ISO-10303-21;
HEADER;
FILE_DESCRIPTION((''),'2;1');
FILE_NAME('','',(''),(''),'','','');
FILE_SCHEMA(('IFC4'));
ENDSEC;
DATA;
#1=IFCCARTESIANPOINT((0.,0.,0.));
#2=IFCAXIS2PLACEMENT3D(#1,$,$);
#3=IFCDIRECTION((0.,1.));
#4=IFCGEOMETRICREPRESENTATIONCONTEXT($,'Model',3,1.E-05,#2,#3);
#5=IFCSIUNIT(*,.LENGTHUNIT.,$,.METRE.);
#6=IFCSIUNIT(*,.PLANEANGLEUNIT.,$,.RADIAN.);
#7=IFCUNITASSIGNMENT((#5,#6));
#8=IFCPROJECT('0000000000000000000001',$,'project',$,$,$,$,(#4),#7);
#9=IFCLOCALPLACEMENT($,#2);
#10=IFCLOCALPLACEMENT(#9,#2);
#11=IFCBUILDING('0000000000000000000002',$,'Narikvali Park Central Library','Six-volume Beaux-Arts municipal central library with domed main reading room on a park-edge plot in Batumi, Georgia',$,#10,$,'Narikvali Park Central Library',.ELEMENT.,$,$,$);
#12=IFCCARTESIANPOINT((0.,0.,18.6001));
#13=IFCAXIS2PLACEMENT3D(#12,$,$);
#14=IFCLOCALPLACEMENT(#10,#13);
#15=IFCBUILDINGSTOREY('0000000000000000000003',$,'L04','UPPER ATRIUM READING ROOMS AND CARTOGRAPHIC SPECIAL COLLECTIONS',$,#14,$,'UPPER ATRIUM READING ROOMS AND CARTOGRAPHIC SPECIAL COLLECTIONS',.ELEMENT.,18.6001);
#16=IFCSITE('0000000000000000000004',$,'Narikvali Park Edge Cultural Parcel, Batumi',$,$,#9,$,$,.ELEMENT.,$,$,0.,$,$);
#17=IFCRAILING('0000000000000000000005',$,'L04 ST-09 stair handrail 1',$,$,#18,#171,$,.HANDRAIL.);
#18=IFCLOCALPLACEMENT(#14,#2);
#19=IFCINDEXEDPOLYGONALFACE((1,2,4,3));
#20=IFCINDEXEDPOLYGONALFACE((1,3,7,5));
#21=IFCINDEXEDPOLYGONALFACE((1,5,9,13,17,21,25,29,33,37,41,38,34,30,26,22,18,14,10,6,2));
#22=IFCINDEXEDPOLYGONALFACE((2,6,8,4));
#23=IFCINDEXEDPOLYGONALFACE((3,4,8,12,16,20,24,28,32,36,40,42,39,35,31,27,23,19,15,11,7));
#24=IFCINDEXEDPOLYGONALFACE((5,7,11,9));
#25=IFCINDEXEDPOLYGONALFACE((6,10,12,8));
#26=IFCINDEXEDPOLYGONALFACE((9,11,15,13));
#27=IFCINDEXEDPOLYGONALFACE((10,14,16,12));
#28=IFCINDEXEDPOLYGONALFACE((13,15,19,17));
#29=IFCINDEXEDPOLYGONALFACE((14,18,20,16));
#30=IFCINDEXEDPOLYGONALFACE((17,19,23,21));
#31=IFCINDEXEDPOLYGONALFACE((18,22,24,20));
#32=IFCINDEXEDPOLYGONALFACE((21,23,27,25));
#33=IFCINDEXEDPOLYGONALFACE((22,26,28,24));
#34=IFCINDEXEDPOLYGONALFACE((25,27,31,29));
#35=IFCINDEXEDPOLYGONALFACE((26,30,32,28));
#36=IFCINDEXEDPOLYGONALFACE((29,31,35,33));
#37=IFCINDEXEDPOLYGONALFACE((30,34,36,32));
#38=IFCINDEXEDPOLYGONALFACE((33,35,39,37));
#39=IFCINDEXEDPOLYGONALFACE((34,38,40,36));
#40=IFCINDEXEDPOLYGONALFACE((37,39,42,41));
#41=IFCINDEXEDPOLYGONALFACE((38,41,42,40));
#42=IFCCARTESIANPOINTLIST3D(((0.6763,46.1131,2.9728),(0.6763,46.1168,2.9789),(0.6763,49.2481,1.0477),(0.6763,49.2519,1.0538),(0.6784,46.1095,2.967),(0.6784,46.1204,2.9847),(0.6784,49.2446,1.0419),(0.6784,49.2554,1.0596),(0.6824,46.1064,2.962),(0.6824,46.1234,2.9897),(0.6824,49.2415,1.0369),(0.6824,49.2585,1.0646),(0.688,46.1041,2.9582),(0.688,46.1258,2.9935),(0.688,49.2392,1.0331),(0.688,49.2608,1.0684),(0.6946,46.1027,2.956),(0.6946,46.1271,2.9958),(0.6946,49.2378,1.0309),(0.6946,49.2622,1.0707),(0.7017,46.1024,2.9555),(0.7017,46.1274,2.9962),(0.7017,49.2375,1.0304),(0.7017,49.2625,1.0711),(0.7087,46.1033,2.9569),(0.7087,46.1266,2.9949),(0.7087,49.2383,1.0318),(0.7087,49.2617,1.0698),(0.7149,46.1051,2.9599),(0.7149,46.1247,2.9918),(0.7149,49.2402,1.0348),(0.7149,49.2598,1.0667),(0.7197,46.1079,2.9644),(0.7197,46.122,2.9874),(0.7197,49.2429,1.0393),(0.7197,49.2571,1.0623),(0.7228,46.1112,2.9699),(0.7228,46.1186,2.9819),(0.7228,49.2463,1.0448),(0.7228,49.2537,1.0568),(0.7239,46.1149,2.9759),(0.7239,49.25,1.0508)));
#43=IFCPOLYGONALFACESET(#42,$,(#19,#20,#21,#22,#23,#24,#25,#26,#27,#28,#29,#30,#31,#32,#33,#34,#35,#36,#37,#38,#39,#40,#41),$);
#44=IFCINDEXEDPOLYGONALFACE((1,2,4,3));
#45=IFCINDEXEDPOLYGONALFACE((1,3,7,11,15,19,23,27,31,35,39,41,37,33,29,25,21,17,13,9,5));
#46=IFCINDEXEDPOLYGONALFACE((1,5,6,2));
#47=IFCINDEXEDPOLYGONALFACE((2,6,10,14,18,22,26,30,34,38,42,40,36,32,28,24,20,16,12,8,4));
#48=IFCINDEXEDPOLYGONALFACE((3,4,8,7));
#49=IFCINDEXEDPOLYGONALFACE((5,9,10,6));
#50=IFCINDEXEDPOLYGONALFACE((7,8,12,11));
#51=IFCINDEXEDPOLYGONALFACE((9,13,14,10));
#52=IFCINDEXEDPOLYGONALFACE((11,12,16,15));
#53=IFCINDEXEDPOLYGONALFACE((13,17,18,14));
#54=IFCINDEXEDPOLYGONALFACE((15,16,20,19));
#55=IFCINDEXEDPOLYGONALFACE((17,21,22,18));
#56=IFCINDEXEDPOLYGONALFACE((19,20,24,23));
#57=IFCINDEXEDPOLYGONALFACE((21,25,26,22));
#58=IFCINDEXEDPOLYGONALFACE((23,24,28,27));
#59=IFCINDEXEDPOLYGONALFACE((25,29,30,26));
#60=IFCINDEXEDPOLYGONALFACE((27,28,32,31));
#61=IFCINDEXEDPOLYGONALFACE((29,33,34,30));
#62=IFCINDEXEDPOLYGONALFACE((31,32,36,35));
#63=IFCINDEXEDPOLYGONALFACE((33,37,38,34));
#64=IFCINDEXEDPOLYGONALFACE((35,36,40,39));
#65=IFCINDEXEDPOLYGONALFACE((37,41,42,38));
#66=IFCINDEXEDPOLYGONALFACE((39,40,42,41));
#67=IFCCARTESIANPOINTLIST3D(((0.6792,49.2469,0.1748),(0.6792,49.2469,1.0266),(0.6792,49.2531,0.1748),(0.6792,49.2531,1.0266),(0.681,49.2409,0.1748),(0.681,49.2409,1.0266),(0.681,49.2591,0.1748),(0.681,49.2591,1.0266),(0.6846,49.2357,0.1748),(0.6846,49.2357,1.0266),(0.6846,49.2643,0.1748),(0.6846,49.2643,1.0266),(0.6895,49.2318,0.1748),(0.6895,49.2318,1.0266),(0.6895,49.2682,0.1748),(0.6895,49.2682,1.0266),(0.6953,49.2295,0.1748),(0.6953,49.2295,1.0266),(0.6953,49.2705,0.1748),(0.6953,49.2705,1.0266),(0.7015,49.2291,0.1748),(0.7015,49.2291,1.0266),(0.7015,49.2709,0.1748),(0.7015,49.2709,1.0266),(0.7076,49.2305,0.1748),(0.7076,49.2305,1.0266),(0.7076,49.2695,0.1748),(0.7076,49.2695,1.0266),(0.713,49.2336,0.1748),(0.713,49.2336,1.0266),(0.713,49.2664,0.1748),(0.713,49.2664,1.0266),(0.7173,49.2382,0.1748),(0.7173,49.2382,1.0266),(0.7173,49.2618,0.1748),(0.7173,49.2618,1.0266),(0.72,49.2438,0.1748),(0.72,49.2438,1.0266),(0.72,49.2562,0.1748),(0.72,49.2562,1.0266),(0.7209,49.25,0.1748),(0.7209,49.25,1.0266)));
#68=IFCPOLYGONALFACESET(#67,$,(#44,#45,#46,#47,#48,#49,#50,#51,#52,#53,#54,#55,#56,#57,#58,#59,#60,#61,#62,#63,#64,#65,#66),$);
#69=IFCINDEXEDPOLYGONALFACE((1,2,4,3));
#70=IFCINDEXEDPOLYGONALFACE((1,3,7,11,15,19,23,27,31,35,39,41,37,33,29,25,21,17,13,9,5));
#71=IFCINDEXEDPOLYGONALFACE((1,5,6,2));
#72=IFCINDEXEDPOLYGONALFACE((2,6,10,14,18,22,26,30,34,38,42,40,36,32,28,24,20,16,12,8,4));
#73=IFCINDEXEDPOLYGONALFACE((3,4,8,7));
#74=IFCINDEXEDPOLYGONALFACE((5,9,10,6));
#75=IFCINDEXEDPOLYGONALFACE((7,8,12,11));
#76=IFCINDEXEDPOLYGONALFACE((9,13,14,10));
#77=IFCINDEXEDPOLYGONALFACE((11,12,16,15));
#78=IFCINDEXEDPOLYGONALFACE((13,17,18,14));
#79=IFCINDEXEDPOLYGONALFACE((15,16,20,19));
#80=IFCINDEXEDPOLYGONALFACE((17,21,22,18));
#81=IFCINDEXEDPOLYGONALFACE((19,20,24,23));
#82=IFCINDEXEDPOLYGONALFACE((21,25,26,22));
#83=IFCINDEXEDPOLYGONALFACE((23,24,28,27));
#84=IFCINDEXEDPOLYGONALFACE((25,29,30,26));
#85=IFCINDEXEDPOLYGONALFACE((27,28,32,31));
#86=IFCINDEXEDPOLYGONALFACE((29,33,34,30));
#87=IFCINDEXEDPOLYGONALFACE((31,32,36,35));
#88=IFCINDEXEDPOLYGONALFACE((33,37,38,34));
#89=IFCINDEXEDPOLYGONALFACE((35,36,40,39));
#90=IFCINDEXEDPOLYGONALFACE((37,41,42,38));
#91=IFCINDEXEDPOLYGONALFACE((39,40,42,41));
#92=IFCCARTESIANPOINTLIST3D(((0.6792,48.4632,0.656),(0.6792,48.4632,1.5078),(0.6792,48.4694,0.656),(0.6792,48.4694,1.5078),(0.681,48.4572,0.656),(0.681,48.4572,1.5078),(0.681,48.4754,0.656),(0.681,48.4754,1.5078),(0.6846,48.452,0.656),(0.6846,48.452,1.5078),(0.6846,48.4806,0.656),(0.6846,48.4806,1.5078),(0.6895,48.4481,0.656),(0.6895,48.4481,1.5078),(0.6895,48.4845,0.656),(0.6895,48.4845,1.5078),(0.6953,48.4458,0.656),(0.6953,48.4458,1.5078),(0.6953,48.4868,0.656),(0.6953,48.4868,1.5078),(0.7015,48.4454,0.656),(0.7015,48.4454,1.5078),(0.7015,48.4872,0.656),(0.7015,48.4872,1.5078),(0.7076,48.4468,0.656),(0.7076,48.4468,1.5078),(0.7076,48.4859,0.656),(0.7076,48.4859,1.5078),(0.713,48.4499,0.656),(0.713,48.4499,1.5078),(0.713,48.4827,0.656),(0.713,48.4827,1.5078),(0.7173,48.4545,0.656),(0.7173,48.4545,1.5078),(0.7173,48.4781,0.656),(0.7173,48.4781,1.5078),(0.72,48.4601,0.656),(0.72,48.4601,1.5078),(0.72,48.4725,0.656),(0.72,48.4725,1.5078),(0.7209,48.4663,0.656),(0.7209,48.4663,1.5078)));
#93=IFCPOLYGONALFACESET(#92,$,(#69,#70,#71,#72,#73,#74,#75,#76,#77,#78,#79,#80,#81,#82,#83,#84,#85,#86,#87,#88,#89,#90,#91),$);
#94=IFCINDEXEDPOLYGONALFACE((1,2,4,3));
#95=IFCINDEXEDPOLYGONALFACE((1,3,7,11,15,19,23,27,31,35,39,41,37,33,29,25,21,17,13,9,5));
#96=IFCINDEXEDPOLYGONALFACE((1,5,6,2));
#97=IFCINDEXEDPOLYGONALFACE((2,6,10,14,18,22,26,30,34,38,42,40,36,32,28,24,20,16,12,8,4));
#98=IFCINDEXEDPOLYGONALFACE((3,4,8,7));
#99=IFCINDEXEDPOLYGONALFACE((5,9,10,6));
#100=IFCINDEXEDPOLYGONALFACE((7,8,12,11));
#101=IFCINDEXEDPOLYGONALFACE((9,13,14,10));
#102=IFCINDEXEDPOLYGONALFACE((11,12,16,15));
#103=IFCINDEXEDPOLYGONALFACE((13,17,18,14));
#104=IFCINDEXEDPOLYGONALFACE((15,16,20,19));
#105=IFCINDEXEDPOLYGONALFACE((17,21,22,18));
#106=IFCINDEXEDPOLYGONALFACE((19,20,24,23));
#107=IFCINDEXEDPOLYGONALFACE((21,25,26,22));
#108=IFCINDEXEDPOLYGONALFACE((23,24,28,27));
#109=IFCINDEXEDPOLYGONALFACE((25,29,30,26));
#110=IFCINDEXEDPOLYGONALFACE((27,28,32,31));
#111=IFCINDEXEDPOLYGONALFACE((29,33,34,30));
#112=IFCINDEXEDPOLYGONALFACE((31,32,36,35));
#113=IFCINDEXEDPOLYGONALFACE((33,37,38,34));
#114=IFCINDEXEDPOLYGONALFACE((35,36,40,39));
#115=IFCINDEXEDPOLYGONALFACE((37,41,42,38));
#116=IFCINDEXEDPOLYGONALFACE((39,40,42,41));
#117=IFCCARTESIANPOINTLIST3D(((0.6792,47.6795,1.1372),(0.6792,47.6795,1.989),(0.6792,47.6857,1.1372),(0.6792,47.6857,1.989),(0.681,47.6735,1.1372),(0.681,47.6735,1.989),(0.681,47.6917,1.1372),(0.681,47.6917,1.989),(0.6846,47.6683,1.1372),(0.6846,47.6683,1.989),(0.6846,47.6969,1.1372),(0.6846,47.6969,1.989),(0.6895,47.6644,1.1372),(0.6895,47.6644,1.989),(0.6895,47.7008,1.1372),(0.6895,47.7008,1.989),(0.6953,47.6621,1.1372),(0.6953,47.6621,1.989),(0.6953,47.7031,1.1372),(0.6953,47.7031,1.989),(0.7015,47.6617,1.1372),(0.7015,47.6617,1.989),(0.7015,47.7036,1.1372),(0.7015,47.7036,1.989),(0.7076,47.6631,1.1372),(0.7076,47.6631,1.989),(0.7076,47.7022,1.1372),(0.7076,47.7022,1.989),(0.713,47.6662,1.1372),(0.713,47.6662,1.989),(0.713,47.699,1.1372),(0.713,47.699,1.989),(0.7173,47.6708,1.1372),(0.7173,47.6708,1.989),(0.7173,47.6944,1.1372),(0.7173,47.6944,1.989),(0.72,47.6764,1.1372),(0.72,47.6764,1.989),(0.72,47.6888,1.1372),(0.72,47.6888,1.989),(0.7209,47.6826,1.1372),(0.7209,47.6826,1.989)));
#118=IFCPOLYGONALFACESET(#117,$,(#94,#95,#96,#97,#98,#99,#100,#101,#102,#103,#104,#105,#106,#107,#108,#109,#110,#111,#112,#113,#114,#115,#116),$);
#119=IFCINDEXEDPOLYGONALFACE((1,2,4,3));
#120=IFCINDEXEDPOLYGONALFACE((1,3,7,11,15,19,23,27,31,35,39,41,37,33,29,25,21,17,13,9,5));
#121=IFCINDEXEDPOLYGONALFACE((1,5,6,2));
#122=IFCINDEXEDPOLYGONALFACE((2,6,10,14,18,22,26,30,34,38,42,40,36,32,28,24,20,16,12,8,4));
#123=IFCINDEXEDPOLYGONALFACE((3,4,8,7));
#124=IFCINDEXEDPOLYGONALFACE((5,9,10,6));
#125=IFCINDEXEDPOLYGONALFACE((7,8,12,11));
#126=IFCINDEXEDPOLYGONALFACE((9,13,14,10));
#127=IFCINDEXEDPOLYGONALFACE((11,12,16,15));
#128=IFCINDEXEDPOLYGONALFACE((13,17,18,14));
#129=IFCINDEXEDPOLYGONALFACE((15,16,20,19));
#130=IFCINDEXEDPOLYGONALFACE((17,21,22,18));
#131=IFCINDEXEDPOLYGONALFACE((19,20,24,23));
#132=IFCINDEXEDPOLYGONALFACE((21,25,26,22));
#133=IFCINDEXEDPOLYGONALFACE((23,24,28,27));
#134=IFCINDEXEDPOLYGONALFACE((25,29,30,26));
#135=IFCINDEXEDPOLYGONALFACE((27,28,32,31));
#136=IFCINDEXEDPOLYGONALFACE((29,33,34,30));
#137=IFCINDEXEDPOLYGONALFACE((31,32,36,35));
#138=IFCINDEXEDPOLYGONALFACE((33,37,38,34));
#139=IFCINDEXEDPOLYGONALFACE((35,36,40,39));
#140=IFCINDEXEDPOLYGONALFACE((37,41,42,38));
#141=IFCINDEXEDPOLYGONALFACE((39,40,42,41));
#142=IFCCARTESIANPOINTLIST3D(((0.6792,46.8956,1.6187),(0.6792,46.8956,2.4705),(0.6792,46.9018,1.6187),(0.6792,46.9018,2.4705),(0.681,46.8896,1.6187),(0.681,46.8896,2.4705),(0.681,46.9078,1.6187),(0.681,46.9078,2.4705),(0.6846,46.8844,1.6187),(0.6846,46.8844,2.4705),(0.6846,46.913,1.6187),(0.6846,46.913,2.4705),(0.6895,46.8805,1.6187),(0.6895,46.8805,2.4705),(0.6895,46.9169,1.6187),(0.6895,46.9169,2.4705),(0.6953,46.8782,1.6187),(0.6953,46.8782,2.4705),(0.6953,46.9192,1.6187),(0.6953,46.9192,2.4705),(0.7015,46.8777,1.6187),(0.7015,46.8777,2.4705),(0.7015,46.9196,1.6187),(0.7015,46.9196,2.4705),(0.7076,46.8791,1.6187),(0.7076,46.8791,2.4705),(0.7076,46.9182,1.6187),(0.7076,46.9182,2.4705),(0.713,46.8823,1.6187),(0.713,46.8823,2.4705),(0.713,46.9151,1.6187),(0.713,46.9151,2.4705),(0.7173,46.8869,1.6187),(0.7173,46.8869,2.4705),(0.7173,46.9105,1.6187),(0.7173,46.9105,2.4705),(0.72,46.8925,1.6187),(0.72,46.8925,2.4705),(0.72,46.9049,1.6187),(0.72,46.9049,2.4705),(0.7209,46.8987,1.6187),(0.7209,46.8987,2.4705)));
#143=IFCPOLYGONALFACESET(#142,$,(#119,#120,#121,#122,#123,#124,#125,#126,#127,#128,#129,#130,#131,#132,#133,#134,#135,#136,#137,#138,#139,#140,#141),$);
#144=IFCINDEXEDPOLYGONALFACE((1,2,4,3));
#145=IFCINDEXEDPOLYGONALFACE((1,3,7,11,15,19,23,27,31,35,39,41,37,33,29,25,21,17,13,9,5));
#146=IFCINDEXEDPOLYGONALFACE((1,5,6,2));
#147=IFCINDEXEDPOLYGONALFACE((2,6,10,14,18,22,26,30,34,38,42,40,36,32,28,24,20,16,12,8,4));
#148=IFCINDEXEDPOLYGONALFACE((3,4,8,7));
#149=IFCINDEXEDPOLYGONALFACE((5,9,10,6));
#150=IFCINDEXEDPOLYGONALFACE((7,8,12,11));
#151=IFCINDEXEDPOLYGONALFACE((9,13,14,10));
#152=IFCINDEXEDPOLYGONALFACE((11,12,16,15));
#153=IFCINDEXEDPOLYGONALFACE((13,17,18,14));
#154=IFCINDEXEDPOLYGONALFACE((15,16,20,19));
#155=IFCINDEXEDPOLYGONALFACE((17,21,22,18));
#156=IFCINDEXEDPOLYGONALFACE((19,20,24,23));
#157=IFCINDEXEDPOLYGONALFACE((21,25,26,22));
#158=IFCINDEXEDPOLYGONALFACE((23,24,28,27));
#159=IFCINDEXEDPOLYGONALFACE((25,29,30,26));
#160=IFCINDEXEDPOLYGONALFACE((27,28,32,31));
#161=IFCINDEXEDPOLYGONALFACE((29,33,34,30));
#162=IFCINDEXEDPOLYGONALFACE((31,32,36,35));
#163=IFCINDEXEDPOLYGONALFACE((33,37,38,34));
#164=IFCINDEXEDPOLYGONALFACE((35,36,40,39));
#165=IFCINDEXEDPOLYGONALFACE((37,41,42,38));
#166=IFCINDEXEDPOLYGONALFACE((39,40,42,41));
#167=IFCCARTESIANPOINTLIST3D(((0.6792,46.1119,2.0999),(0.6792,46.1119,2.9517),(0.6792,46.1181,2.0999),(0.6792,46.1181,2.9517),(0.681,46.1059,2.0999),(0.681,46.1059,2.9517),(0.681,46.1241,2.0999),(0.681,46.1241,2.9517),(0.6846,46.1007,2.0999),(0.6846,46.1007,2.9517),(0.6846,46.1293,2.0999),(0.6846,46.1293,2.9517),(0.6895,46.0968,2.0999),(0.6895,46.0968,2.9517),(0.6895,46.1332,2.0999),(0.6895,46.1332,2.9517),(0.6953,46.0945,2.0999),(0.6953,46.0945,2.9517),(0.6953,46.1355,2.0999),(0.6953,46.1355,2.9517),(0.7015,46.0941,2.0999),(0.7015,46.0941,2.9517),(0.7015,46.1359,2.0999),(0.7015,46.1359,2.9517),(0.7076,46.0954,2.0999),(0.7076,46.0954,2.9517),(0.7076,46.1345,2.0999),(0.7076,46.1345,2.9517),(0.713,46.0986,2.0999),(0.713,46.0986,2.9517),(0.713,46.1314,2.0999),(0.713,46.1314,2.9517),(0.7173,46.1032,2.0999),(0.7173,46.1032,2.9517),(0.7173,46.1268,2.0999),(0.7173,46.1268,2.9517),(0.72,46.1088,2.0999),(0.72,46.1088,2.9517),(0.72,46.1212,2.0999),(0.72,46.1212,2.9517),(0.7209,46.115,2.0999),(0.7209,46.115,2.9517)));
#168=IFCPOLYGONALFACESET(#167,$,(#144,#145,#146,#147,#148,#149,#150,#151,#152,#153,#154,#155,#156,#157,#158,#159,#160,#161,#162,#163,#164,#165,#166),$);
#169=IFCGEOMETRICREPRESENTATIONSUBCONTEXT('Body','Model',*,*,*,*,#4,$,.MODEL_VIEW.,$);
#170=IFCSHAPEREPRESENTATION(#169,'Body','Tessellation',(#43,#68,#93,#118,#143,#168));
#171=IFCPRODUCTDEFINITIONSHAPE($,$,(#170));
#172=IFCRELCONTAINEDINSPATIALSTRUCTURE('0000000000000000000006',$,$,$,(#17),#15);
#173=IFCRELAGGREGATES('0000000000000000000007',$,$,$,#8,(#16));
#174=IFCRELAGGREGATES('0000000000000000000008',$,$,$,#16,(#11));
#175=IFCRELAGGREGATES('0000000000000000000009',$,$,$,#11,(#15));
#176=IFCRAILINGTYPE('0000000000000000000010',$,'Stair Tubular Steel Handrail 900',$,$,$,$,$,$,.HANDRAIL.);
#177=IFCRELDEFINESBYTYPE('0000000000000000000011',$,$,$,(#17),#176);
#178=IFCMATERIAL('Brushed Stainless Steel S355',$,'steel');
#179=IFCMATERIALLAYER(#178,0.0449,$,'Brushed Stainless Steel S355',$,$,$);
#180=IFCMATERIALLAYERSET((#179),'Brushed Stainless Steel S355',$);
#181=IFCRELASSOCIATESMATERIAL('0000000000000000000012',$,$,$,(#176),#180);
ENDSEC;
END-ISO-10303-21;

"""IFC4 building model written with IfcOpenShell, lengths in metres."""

from ifc_helpers import new_model, si_unit, direction, frame, origin, origin_2d, place, context, subcontext, project, spatial, circle, extrude, material, layer, layer_set, type_object, element, save


model = new_model("IFC4")

# Units and contexts
model_context = context("Model", 3, precision=1e-05, world=origin(), true_north=direction((0.0, 1.0)))
body_context = subcontext(model_context, "Body", "Model", "MODEL_VIEW")
ifc_project = project(units=[si_unit("LENGTHUNIT", "METRE"), si_unit("PLANEANGLEUNIT", "RADIAN")], contexts=[model_context])

# Site, building, storey
site_placement = place(None, origin())
site = spatial("IfcSite", under=ifc_project, at=site_placement, Name="Narikvali Park Edge Cultural Parcel, Batumi", CompositionType="ELEMENT", RefElevation=0.0)
building_placement = place(site_placement, origin())
building = spatial("IfcBuilding", under=site, at=building_placement, Name="Narikvali Park Central Library", Description="Six-volume Beaux-Arts municipal central library with domed main reading room on a park-edge plot in Batumi, Georgia", LongName="Narikvali Park Central Library", CompositionType="ELEMENT")
storey_placement = place(building_placement, frame((0.0, 0.0, 18.6001)))
storey = spatial("IfcBuildingStorey", under=building, at=storey_placement, Name="L04", Description="UPPER ATRIUM READING ROOMS AND CARTOGRAPHIC SPECIAL COLLECTIONS", LongName="UPPER ATRIUM READING ROOMS AND CARTOGRAPHIC SPECIAL COLLECTIONS", CompositionType="ELEMENT", Elevation=18.6001)

# Railing
ifc_material_1 = material(Name="Brushed Stainless Steel S355", Category="steel")
ifc_layer_1 = layer(ifc_material_1, 0.0449, Name="Brushed Stainless Steel S355")
ifc_layer_set_1 = layer_set([ifc_layer_1], Name="Brushed Stainless Steel S355")
railing_type_1 = type_object("IfcRailingType", Name="Stair Tubular Steel Handrail 900", PredefinedType="HANDRAIL", material=ifc_layer_set_1)
railing_1_placement = place(storey_placement, frame((0.7, 49.25, 0.1748)))
element("IfcRailing", 1, at=railing_1_placement, inside=storey, type_object=railing_type_1, Name="L04 ST-09 stair handrail 1", PredefinedType="HANDRAIL", context=body_context, shape_type="SweptSolid", body=[
    extrude(circle(Radius=0.0239, at=origin_2d()), frame((0.0, 0.0, 0.876), z_axis=(0.0, -0.852166, 0.523271), x_axis=(1.0, 0.0, 0.0)), (0.0, 0.0, 1.0), 3.679),
    extrude(circle(Radius=0.021, at=origin_2d()), origin(), (0.0, 0.0, 1.0), 0.8518),
    extrude(circle(Radius=0.021, at=origin_2d()), frame((0.0, -0.7837, 0.4812)), (0.0, 0.0, 1.0), 0.8518),
    extrude(circle(Radius=0.021, at=origin_2d()), frame((0.0, -1.5674, 0.9624)), (0.0, 0.0, 1.0), 0.8518),
    extrude(circle(Radius=0.021, at=origin_2d()), frame((0.0, -2.3513, 1.4438)), (0.0, 0.0, 1.0), 0.8518),
    extrude(circle(Radius=0.021, at=origin_2d()), frame((0.0, -3.135, 1.925)), (0.0, 0.0, 1.0), 0.8518),
])

save(model, "model.ifc")
